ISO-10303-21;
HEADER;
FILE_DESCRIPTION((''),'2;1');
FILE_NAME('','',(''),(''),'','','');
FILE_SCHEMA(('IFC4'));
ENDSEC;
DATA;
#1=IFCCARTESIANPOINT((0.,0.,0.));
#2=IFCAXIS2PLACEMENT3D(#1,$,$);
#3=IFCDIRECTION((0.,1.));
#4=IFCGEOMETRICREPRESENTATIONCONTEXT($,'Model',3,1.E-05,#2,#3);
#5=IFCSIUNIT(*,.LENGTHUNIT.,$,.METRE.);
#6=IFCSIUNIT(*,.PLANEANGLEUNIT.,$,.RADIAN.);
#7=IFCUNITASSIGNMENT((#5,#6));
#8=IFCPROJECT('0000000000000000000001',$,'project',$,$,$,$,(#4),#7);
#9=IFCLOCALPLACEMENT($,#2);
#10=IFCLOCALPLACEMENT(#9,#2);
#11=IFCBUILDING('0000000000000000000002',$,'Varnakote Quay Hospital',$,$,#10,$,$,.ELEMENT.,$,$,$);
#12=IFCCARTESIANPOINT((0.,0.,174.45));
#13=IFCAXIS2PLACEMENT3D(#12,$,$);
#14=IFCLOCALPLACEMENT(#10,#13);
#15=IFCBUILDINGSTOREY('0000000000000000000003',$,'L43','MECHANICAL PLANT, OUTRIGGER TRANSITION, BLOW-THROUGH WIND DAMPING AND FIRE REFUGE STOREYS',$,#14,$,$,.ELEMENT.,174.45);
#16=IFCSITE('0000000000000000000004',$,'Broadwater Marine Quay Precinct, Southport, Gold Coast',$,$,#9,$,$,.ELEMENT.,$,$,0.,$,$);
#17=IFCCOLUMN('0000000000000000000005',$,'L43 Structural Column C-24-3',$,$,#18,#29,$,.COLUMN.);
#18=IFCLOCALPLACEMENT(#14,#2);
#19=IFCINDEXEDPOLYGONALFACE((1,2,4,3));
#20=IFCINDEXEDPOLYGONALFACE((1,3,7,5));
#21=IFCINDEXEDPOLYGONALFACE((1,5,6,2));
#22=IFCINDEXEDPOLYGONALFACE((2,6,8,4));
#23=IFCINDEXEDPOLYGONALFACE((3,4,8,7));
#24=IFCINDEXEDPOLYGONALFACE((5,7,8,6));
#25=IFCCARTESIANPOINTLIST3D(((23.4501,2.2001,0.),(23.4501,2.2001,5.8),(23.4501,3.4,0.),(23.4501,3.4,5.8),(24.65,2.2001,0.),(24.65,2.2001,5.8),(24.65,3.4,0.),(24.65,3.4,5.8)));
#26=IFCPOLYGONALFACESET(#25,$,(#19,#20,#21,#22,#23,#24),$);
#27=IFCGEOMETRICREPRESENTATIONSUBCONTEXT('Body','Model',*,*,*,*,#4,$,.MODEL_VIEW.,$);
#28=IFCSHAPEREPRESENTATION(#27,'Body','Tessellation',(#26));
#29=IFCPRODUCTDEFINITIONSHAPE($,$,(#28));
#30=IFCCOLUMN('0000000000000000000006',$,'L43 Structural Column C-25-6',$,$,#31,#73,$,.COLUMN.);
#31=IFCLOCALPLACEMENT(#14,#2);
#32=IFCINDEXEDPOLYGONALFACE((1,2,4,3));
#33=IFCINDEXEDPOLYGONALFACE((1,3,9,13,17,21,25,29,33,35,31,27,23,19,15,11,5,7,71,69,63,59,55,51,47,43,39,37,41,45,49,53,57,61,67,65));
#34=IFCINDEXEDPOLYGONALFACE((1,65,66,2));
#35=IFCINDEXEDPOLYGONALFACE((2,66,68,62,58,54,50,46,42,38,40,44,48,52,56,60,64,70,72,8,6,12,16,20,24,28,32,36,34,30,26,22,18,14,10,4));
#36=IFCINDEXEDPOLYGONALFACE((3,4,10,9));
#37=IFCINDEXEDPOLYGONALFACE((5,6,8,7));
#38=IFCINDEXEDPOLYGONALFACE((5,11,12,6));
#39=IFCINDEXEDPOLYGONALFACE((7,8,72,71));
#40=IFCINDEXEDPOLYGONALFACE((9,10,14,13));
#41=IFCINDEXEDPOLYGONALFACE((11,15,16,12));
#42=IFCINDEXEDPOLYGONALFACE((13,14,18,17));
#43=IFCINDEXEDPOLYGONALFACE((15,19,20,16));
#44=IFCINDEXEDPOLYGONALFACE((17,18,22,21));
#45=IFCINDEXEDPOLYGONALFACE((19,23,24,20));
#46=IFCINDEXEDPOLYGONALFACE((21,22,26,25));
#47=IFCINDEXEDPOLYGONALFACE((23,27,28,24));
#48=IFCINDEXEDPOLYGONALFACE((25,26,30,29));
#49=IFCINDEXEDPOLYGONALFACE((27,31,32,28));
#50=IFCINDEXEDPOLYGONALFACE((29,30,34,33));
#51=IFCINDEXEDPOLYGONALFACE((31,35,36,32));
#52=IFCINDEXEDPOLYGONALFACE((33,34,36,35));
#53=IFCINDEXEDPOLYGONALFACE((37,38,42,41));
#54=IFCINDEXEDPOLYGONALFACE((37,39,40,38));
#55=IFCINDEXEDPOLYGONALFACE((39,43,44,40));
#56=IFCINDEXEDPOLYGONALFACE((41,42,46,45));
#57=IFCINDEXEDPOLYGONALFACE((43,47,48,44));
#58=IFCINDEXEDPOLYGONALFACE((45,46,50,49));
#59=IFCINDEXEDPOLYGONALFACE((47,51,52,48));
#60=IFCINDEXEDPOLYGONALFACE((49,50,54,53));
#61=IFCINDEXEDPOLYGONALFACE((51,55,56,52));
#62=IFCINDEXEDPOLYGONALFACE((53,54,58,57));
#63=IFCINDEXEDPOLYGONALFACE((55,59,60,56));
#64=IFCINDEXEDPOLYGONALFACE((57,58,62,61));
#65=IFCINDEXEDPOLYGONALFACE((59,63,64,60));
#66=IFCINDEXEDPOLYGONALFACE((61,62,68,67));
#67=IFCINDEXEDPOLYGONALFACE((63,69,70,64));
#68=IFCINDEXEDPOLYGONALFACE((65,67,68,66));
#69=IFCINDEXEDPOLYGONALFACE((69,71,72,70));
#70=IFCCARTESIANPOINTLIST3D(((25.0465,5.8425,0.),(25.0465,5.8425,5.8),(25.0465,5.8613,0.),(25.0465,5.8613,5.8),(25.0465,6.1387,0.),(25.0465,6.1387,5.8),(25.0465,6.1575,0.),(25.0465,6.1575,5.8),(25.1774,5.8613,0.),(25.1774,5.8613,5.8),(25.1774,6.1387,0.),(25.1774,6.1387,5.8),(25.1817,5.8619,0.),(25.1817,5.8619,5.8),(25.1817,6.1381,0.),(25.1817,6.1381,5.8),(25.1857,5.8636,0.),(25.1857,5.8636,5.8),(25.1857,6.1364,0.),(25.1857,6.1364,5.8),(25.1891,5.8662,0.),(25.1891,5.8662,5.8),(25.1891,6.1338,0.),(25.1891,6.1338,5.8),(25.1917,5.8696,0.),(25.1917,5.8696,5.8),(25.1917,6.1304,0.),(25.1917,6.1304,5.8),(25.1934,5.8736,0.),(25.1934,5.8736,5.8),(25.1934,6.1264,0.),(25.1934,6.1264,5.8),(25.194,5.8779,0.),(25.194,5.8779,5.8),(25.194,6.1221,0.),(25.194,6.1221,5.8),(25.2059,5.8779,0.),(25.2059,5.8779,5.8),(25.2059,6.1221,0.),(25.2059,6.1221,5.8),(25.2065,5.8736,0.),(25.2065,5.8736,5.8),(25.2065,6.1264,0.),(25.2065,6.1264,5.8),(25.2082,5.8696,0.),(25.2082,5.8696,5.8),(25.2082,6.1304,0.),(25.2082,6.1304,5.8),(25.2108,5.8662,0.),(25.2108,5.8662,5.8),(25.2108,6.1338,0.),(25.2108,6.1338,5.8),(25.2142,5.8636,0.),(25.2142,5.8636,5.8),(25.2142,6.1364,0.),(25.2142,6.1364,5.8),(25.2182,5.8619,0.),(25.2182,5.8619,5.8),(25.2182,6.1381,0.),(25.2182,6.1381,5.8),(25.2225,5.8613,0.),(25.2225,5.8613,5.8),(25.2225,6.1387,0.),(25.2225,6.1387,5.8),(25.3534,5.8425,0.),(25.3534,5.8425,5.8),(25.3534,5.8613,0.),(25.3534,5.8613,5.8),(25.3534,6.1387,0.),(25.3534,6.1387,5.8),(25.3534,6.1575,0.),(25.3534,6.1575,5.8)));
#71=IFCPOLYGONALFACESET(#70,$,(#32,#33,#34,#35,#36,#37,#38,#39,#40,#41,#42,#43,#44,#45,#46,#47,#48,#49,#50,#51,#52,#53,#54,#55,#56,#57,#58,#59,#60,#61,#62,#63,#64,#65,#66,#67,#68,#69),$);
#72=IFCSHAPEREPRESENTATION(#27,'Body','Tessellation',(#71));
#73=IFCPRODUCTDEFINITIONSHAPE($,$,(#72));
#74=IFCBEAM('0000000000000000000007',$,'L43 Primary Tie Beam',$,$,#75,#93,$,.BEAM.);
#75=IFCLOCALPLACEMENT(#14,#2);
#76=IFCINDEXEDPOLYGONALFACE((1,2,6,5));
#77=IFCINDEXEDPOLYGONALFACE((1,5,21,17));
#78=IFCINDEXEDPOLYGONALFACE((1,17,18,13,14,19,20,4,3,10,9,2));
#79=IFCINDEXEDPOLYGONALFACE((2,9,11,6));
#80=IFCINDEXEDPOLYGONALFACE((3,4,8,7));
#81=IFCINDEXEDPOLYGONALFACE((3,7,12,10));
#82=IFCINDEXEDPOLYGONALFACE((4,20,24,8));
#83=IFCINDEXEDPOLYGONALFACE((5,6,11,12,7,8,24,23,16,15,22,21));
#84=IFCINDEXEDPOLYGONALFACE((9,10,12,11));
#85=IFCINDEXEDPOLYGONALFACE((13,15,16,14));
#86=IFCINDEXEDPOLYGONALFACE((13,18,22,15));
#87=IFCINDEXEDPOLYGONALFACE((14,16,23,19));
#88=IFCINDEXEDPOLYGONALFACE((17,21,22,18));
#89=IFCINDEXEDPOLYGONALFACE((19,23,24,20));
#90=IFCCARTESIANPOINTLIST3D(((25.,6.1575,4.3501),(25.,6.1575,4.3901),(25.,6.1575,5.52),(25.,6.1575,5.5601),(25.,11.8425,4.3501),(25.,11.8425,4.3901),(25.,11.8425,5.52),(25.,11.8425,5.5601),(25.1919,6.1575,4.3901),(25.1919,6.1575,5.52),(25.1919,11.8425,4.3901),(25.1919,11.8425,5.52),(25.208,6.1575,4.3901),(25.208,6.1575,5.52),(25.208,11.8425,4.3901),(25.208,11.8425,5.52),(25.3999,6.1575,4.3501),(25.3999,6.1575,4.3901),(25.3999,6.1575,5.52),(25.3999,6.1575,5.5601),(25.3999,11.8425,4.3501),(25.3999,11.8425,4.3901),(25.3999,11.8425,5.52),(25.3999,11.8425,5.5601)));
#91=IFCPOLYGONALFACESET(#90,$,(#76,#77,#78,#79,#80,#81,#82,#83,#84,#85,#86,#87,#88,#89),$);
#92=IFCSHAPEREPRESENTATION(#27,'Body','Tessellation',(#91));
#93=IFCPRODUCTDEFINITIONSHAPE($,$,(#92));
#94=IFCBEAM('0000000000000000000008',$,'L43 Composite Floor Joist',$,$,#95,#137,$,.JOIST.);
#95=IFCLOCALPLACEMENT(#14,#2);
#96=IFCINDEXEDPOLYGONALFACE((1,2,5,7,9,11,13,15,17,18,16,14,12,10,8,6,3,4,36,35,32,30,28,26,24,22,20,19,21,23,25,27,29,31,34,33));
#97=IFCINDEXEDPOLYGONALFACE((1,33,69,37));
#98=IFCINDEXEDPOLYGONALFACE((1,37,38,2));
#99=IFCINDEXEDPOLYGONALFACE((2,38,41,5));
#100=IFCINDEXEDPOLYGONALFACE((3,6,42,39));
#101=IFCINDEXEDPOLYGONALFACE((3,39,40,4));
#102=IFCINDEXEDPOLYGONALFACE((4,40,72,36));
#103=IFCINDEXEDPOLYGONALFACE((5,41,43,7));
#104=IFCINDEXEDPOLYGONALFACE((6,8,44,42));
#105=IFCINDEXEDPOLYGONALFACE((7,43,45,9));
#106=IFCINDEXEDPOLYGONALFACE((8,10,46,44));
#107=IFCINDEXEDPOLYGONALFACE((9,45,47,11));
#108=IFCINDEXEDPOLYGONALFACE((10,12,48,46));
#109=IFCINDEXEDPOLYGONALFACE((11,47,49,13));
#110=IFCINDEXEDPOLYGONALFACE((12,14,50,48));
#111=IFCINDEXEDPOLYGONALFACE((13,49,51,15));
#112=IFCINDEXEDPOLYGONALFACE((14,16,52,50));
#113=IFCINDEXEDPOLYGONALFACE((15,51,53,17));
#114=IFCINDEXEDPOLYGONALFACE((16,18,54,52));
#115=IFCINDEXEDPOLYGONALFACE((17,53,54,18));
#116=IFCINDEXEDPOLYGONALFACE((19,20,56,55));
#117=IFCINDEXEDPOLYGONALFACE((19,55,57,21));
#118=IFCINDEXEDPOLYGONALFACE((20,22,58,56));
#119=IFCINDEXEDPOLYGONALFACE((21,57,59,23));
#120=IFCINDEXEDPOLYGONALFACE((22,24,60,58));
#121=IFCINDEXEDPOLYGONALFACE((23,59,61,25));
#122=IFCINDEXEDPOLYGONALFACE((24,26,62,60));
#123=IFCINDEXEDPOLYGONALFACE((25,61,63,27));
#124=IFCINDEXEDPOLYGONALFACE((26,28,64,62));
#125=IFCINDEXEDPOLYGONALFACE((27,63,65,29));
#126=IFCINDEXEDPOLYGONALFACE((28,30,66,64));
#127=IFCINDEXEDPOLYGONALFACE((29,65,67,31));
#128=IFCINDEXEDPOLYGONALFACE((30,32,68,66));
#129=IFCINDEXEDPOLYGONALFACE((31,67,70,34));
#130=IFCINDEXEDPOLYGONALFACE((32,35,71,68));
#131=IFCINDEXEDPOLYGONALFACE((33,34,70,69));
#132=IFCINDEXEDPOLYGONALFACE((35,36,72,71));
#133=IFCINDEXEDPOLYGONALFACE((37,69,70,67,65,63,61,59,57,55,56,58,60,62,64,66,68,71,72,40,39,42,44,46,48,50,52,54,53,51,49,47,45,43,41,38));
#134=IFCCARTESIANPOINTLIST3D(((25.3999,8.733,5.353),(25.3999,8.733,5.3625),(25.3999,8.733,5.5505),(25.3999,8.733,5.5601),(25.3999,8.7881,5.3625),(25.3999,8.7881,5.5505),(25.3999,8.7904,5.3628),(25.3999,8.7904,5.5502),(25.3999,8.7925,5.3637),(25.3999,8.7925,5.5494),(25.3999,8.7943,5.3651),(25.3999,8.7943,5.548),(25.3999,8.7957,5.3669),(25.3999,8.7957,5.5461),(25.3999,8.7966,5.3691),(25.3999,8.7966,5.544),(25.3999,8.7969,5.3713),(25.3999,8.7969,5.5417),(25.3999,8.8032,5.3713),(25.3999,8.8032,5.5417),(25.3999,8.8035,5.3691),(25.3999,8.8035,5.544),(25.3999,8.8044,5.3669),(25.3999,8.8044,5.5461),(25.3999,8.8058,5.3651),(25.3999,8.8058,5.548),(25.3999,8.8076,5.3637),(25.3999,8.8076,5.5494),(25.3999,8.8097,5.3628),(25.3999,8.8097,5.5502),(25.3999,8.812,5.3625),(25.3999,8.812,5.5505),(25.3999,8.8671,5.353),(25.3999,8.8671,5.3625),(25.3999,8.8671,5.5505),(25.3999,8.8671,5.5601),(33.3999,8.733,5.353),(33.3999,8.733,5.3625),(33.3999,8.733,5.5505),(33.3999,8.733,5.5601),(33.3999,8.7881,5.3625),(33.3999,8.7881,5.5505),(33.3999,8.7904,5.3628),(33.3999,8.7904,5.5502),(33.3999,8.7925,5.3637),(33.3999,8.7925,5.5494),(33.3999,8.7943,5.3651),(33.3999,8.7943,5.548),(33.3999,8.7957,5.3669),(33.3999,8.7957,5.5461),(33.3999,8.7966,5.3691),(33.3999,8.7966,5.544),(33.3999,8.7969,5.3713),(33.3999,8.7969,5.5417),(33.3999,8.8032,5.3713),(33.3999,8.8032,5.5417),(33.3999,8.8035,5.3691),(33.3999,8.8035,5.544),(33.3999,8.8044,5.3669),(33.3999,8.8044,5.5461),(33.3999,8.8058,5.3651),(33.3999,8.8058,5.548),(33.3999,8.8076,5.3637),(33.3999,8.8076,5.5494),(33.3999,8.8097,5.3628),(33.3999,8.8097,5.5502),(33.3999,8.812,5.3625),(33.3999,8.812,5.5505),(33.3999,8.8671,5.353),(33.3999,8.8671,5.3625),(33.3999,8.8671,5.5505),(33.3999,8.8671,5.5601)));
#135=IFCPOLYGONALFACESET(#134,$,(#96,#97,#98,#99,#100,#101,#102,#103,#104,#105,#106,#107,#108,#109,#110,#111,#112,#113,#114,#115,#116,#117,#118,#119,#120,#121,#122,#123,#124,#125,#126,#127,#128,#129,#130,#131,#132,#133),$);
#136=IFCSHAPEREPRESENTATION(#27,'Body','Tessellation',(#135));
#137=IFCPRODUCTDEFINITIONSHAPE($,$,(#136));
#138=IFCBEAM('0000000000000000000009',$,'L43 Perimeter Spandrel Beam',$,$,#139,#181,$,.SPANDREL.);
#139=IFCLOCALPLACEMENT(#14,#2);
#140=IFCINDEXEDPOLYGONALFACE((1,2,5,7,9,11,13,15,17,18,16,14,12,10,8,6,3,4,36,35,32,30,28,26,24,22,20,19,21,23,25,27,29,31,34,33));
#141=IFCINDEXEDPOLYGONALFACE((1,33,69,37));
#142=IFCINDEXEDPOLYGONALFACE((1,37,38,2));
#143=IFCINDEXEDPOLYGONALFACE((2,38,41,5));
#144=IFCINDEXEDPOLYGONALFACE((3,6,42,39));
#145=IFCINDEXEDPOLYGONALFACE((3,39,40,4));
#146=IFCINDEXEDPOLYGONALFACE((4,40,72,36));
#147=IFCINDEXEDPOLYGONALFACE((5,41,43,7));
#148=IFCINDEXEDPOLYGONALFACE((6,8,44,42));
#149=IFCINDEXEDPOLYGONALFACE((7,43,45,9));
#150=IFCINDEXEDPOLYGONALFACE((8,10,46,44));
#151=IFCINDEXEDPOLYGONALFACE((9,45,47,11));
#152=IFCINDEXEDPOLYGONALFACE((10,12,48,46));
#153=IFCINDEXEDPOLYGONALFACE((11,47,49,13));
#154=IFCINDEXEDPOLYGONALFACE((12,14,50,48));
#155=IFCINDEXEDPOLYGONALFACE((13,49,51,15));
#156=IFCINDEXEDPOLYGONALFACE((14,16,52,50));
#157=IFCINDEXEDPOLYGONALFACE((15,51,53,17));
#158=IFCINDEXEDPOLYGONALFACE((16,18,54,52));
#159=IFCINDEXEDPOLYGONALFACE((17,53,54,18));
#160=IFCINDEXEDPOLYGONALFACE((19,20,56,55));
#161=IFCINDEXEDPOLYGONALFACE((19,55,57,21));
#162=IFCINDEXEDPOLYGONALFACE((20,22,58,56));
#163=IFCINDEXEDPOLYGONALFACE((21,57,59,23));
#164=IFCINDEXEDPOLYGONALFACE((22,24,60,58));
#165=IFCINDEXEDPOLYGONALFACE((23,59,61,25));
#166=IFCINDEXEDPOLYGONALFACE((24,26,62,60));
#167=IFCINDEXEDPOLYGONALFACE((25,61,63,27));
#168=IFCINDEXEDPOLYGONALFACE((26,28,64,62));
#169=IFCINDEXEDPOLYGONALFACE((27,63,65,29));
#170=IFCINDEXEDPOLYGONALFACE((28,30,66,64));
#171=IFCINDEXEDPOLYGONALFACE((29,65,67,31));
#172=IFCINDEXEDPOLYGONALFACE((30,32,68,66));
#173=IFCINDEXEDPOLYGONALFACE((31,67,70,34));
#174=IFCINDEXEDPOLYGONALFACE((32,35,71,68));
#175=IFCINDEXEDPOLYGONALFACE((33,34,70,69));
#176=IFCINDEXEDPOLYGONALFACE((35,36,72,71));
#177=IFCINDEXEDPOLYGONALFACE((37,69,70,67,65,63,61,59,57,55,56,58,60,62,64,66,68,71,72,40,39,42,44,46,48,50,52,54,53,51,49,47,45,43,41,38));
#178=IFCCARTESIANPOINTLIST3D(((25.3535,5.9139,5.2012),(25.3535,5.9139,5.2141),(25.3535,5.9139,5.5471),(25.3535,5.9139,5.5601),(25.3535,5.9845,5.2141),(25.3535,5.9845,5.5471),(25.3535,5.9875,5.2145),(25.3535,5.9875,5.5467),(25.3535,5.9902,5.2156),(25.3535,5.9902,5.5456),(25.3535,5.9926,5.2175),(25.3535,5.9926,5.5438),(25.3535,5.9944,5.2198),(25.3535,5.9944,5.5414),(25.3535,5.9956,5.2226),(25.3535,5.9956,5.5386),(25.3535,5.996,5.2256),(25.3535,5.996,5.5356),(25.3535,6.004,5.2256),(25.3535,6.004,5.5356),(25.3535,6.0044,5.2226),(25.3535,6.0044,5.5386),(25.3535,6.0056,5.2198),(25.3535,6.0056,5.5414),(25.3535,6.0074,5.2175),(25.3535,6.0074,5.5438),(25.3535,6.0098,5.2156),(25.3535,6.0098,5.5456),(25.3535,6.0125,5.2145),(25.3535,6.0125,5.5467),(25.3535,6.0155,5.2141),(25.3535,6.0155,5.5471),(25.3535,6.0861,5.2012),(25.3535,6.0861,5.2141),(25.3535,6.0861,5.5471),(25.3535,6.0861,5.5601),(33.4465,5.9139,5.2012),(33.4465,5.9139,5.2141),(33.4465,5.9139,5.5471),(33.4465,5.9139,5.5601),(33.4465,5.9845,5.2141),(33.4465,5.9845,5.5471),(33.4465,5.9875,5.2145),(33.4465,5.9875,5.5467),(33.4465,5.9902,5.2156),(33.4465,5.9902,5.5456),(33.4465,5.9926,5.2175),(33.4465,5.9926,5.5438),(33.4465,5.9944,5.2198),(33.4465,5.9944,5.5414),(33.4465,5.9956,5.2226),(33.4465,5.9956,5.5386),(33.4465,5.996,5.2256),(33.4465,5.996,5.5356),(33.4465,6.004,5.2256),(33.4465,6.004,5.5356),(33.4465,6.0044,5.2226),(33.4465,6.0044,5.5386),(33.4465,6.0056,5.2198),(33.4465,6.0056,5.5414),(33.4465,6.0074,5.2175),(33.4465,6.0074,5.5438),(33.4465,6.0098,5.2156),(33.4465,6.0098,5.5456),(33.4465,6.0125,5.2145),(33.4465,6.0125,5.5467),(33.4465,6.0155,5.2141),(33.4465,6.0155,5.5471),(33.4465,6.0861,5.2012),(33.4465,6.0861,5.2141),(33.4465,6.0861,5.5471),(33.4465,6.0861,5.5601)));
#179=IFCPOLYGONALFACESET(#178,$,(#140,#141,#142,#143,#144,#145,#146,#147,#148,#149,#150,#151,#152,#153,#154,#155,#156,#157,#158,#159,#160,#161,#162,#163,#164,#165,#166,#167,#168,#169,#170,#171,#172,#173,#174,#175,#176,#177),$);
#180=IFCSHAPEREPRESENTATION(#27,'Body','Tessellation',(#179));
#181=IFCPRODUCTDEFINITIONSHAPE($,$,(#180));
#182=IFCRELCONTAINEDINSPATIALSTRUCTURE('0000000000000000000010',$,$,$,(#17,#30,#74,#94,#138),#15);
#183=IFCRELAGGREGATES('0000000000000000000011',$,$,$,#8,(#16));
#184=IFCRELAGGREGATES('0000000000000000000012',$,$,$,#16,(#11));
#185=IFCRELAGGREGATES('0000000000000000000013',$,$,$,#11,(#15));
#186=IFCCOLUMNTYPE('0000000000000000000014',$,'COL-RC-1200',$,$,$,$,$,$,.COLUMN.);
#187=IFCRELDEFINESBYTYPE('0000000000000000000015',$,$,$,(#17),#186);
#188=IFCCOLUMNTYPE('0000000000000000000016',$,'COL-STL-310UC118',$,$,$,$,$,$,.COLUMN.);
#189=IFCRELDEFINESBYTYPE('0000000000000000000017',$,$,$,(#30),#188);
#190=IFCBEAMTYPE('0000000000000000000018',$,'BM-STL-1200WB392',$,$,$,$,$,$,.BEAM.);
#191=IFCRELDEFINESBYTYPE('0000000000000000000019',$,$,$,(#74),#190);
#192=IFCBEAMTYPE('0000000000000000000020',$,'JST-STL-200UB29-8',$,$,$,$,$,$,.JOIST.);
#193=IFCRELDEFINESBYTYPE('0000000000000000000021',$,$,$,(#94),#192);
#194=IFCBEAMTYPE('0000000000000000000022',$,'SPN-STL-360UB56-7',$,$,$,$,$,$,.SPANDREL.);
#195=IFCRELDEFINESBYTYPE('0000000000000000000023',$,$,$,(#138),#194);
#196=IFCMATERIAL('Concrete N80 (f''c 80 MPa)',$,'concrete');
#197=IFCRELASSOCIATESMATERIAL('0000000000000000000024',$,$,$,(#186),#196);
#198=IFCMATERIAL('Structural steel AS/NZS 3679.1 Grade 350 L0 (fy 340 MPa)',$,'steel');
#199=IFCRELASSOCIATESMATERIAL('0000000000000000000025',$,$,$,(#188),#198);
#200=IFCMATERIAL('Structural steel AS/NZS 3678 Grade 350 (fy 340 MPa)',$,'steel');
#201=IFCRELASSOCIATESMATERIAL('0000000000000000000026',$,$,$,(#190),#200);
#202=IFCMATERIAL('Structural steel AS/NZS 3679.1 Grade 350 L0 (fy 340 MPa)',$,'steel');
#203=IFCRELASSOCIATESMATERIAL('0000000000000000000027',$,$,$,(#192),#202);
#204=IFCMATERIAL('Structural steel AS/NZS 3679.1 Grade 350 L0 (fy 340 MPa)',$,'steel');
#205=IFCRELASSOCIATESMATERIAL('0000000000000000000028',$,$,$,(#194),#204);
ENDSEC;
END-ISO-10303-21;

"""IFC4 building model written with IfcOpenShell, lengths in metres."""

from ifc_helpers import new_model, si_unit, direction, frame, origin, origin_2d, place, context, subcontext, project, spatial, rectangle, i_section, extrude, material, material_profile, profile_set, type_object, element, save


model = new_model("IFC4")

# Units and contexts
model_context = context("Model", 3, precision=1e-05, world=origin(), true_north=direction((0.0, 1.0)))
body_context = subcontext(model_context, "Body", "Model", "MODEL_VIEW")
ifc_project = project(units=[si_unit("LENGTHUNIT", "METRE"), si_unit("PLANEANGLEUNIT", "RADIAN")], contexts=[model_context])

# Site, building, storey
site_placement = place(None, origin())
site = spatial("IfcSite", under=ifc_project, at=site_placement, Name="Broadwater Marine Quay Precinct, Southport, Gold Coast", CompositionType="ELEMENT", RefElevation=0.0)
building_placement = place(site_placement, origin())
building = spatial("IfcBuilding", under=site, at=building_placement, Name="Varnakote Quay Hospital", CompositionType="ELEMENT")
storey_placement = place(building_placement, frame((0.0, 0.0, 174.45)))
storey = spatial("IfcBuildingStorey", under=building, at=storey_placement, Name="L43", Description="MECHANICAL PLANT, OUTRIGGER TRANSITION, BLOW-THROUGH WIND DAMPING AND FIRE REFUGE STOREYS", CompositionType="ELEMENT", Elevation=174.45)

# Columns
ifc_material_1 = material(Name="Concrete N80 (f'c 80 MPa)", Category="concrete")
ifc_material_profile_1 = material_profile(ifc_material_1, rectangle(XDim=1.2, YDim=1.2, at=origin_2d()), Name="RC-COL-1200x1200")
ifc_profile_set_1 = profile_set([ifc_material_profile_1], Name="Concrete N80 (f'c 80 MPa)")
column_type_1 = type_object("IfcColumnType", Name="COL-RC-1200", PredefinedType="COLUMN", material=ifc_profile_set_1)
column_1_placement = place(storey_placement, frame((24.05, 2.8, 0.0), z_axis=(0.0, 0.0, 1.0), x_axis=(1.0, 0.0, 0.0)))
element("IfcColumn", 1, at=column_1_placement, inside=storey, type_object=column_type_1, Name="L43 Structural Column C-24-3", PredefinedType="COLUMN", context=body_context, shape_type="SweptSolid", body=[
    extrude(rectangle(XDim=1.2, YDim=1.2, at=origin_2d()), origin(), (0.0, 0.0, 1.0), 5.8),
])
ifc_material_2 = material(Name="Structural steel AS/NZS 3679.1 Grade 350 L0 (fy 340 MPa)", Category="steel")
ifc_material_profile_2 = material_profile(ifc_material_2, i_section(OverallWidth=0.3069, OverallDepth=0.3149, WebThickness=0.012, FlangeThickness=0.0188, FilletRadius=0.0166, at=origin_2d()), Name="310UC118")
ifc_profile_set_2 = profile_set([ifc_material_profile_2], Name="Structural steel AS/NZS 3679.1 Grade 350 L0 (fy 340 MPa)")
column_type_2 = type_object("IfcColumnType", Name="COL-STL-310UC118", PredefinedType="COLUMN", material=ifc_profile_set_2)
column_2_placement = place(storey_placement, frame((25.2, 6.0, 0.0), z_axis=(0.0, 0.0, 1.0), x_axis=(1.0, 0.0, 0.0)))
element("IfcColumn", 2, at=column_2_placement, inside=storey, type_object=column_type_2, Name="L43 Structural Column C-25-6", PredefinedType="COLUMN", context=body_context, shape_type="SweptSolid", body=[
    extrude(i_section(OverallWidth=0.3069, OverallDepth=0.3149, WebThickness=0.012, FlangeThickness=0.0188, FilletRadius=0.0166, at=origin_2d()), origin(), (0.0, 0.0, 1.0), 5.8),
])

# Beams
ifc_material_3 = material(Name="Structural steel AS/NZS 3678 Grade 350 (fy 340 MPa)", Category="steel")
ifc_material_profile_3 = material_profile(ifc_material_3, i_section(OverallWidth=0.3999, OverallDepth=1.21, WebThickness=0.0161, FlangeThickness=0.04, at=origin_2d()), Name="1200WB392")
ifc_profile_set_3 = profile_set([ifc_material_profile_3], Name="Structural steel AS/NZS 3678 Grade 350 (fy 340 MPa)")
beam_type_1 = type_object("IfcBeamType", Name="BM-STL-1200WB392", PredefinedType="BEAM", material=ifc_profile_set_3)
beam_1_placement = place(storey_placement, frame((25.2, 6.1575, 4.9551), z_axis=(0.0, 1.0, 0.0), x_axis=(-1.0, 0.0, 0.0)))
element("IfcBeam", 3, at=beam_1_placement, inside=storey, type_object=beam_type_1, Name="L43 Primary Tie Beam", PredefinedType="BEAM", context=body_context, shape_type="SweptSolid", body=[
    extrude(i_section(OverallWidth=0.3999, OverallDepth=1.21, WebThickness=0.0161, FlangeThickness=0.04, at=origin_2d()), origin(), (0.0, 0.0, 1.0), 5.6851),
])
ifc_material_4 = material(Name="Structural steel AS/NZS 3679.1 Grade 350 L0 (fy 340 MPa)", Category="steel")
ifc_material_profile_4 = material_profile(ifc_material_4, i_section(OverallWidth=0.134, OverallDepth=0.207, WebThickness=0.0063, FlangeThickness=0.0095, FilletRadius=0.0088, at=origin_2d()), Name="200UB29.8")
ifc_profile_set_4 = profile_set([ifc_material_profile_4], Name="Structural steel AS/NZS 3679.1 Grade 350 L0 (fy 340 MPa)")
beam_type_2 = type_object("IfcBeamType", Name="JST-STL-200UB29-8", PredefinedType="JOIST", material=ifc_profile_set_4)
beam_2_placement = place(storey_placement, frame((25.3999, 8.8, 5.4565), z_axis=(1.0, 0.0, 0.0), x_axis=(0.0, 1.0, 0.0)))
element("IfcBeam", 4, at=beam_2_placement, inside=storey, type_object=beam_type_2, Name="L43 Composite Floor Joist", PredefinedType="JOIST", context=body_context, shape_type="SweptSolid", body=[
    extrude(i_section(OverallWidth=0.134, OverallDepth=0.207, WebThickness=0.0063, FlangeThickness=0.0095, FilletRadius=0.0088, at=origin_2d()), origin(), (0.0, 0.0, 1.0), 8.0),
])
ifc_material_5 = material(Name="Structural steel AS/NZS 3679.1 Grade 350 L0 (fy 340 MPa)", Category="steel")
ifc_material_profile_5 = material_profile(ifc_material_5, i_section(OverallWidth=0.1721, OverallDepth=0.3589, WebThickness=0.0081, FlangeThickness=0.0129, FilletRadius=0.0115, at=origin_2d()), Name="360UB56.7")
ifc_profile_set_5 = profile_set([ifc_material_profile_5], Name="Structural steel AS/NZS 3679.1 Grade 350 L0 (fy 340 MPa)")
beam_type_3 = type_object("IfcBeamType", Name="SPN-STL-360UB56-7", PredefinedType="SPANDREL", material=ifc_profile_set_5)
beam_3_placement = place(storey_placement, frame((25.3535, 6.0, 5.3806), z_axis=(1.0, 0.0, 0.0), x_axis=(0.0, 1.0, 0.0)))
element("IfcBeam", 5, at=beam_3_placement, inside=storey, type_object=beam_type_3, Name="L43 Perimeter Spandrel Beam", PredefinedType="SPANDREL", context=body_context, shape_type="SweptSolid", body=[
    extrude(i_section(OverallWidth=0.1721, OverallDepth=0.3589, WebThickness=0.0081, FlangeThickness=0.0129, FilletRadius=0.0115, at=origin_2d()), origin(), (0.0, 0.0, 1.0), 8.093),
])

save(model, "model.ifc")
